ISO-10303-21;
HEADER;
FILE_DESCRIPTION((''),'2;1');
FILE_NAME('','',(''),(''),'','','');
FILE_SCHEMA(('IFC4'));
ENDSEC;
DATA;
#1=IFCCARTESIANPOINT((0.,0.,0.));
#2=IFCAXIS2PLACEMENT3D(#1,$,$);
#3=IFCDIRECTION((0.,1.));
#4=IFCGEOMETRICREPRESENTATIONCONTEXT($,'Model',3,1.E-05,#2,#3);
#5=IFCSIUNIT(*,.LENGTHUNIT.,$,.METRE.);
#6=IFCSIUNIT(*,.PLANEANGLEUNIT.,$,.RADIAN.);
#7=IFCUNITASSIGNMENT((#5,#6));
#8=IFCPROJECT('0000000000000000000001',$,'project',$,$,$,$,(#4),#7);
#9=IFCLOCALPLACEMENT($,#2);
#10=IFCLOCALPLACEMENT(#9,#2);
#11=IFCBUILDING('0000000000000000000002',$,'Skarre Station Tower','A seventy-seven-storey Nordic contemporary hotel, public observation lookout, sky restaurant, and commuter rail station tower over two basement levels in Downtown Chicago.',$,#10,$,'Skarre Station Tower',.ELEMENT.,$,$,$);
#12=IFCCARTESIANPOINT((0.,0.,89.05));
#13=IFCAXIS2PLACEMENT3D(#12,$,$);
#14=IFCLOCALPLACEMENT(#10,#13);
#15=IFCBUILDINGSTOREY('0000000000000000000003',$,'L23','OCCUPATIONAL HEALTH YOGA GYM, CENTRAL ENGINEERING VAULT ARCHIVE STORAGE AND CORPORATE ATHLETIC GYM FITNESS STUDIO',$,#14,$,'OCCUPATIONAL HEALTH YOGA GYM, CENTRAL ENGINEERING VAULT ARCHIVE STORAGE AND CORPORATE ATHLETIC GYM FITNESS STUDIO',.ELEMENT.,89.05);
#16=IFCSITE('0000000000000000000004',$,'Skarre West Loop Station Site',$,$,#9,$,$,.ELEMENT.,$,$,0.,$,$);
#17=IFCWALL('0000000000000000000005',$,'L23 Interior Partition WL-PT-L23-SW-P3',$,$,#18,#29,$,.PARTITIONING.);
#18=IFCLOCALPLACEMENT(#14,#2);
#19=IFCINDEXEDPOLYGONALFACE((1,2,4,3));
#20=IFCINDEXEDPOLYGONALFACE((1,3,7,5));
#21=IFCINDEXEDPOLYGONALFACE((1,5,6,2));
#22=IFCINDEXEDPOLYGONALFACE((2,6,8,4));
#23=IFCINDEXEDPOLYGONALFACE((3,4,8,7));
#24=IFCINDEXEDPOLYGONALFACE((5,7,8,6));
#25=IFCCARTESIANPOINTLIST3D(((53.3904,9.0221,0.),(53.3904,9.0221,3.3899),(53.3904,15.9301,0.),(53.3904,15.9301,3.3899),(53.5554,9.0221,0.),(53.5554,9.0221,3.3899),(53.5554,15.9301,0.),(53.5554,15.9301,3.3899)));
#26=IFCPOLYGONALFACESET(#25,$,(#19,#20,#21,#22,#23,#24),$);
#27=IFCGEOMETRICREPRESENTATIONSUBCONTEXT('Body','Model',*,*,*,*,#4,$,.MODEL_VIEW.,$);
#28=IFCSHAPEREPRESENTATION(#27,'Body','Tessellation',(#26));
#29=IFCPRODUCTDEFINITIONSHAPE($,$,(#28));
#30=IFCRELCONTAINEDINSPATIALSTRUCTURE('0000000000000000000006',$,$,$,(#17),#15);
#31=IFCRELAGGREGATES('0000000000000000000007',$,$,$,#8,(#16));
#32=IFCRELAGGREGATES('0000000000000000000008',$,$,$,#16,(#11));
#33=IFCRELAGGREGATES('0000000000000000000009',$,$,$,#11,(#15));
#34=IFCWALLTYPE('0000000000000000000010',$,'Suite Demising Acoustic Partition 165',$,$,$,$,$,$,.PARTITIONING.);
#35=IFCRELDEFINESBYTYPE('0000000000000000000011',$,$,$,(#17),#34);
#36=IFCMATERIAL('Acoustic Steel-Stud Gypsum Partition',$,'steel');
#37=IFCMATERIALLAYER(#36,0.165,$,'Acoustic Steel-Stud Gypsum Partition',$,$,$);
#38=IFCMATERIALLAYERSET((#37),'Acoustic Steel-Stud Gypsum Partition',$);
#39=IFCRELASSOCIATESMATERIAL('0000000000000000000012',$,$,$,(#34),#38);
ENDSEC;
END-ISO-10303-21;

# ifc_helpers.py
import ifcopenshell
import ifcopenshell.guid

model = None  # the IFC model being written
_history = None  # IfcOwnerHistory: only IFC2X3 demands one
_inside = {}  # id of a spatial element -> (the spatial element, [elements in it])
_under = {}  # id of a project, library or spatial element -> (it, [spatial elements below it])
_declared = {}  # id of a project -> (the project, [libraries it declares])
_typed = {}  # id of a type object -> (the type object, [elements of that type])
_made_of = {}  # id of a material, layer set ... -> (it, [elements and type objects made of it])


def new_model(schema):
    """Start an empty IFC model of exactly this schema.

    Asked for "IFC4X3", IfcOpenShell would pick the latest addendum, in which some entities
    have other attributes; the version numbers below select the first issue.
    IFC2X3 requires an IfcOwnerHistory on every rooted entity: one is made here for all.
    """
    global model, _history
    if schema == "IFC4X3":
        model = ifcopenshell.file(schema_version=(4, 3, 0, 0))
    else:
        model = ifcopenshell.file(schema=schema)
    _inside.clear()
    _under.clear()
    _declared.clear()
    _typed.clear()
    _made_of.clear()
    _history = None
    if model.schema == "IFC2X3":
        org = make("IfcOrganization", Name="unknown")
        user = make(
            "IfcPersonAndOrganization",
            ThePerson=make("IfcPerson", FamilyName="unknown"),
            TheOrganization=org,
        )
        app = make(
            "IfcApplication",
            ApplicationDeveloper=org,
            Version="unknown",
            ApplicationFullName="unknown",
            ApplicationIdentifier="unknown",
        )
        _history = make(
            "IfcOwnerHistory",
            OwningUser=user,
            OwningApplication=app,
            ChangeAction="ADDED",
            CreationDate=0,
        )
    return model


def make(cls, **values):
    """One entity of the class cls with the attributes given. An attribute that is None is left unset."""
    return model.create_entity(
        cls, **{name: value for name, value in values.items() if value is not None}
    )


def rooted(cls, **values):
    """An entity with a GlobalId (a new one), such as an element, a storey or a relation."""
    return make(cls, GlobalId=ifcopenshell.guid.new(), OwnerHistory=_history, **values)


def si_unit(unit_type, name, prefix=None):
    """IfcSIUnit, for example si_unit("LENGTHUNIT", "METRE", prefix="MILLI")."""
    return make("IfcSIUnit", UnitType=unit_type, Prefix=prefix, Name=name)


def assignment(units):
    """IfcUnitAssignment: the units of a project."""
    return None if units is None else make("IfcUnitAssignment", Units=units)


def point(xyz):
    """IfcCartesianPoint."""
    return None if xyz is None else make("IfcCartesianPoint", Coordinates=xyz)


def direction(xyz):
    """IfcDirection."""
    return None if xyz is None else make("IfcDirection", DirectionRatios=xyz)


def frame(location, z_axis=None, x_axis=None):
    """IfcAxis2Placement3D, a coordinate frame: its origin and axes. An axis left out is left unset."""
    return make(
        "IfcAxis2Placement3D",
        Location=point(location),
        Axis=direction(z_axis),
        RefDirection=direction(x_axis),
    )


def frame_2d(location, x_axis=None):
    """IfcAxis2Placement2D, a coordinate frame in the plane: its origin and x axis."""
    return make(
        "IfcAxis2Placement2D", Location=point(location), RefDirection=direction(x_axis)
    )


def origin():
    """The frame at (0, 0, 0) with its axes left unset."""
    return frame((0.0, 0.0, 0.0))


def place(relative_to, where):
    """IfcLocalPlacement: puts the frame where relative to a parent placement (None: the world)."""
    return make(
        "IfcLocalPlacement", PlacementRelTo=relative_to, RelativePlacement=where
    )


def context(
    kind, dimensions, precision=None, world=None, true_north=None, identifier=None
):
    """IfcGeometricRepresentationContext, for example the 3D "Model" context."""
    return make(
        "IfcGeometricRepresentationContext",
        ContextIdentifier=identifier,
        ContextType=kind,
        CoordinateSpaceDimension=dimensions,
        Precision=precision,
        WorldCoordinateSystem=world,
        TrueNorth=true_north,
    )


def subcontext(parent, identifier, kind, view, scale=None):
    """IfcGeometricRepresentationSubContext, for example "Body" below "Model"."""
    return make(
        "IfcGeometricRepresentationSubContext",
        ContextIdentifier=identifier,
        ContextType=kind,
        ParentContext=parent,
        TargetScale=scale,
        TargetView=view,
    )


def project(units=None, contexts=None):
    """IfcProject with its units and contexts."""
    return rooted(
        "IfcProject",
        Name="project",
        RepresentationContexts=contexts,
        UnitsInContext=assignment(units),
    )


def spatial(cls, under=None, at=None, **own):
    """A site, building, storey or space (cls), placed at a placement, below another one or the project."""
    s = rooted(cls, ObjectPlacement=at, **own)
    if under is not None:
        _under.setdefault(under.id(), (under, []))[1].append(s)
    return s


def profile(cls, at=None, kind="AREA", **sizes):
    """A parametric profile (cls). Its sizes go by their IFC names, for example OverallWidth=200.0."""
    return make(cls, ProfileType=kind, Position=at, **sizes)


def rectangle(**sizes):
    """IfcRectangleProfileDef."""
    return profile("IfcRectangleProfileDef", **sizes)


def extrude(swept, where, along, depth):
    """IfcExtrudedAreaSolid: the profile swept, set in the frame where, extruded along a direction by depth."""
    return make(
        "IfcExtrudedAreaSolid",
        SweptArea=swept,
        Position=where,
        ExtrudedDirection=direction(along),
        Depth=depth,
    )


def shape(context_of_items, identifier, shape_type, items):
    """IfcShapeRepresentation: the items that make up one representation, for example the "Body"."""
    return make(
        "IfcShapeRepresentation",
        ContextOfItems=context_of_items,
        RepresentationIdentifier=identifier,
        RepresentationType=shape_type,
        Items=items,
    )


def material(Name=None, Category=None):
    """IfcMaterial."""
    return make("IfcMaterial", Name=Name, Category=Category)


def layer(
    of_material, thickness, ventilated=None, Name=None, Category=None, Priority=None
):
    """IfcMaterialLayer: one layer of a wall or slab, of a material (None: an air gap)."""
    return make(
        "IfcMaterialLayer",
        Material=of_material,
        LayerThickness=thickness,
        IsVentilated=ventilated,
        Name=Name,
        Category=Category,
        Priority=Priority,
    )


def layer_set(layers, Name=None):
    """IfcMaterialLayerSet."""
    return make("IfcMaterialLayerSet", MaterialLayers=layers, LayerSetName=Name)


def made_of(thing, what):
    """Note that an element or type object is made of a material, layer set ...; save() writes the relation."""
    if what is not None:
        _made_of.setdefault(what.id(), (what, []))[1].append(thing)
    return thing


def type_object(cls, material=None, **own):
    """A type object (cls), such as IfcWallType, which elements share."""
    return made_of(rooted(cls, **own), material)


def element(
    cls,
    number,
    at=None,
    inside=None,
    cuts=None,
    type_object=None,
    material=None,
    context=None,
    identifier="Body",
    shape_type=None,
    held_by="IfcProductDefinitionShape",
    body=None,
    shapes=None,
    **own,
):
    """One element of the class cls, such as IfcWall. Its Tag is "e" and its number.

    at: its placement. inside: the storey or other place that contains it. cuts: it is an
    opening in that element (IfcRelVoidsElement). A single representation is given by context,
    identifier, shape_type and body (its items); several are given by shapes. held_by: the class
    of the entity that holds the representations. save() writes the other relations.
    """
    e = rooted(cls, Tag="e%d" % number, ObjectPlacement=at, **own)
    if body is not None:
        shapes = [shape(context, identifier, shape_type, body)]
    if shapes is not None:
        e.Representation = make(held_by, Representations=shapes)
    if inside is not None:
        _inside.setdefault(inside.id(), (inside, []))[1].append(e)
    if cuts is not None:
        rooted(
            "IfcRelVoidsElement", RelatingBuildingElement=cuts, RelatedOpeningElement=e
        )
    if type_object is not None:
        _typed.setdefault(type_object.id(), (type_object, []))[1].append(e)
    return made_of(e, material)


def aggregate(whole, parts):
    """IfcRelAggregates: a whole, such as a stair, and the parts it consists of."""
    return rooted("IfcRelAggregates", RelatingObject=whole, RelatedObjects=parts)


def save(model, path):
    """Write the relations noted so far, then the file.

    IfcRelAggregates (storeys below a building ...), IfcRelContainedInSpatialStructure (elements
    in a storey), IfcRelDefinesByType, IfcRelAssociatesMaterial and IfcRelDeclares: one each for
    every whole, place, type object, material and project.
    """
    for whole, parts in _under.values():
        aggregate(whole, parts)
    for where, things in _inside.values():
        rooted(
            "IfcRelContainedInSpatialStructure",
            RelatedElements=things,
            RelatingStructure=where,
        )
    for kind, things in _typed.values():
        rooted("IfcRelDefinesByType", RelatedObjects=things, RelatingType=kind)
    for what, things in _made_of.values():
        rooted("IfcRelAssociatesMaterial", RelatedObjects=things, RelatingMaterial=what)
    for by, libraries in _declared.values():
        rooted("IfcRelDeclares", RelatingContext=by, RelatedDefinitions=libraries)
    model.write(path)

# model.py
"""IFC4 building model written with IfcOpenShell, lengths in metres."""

from ifc_helpers import new_model, si_unit, direction, frame, frame_2d, origin, place, context, subcontext, project, spatial, rectangle, extrude, material, layer, layer_set, type_object, element, save


model = new_model("IFC4")

# Units and contexts
model_context = context("Model", 3, precision=1e-05, world=origin(), true_north=direction((0.0, 1.0)))
body_context = subcontext(model_context, "Body", "Model", "MODEL_VIEW")
ifc_project = project(units=[si_unit("LENGTHUNIT", "METRE"), si_unit("PLANEANGLEUNIT", "RADIAN")], contexts=[model_context])

# Site, building, storey
site_placement = place(None, origin())
site = spatial("IfcSite", under=ifc_project, at=site_placement, Name="Skarre West Loop Station Site", CompositionType="ELEMENT", RefElevation=0.0)
building_placement = place(site_placement, origin())
building = spatial("IfcBuilding", under=site, at=building_placement, Name="Skarre Station Tower", Description="A seventy-seven-storey Nordic contemporary hotel, public observation lookout, sky restaurant, and commuter rail station tower over two basement levels in Downtown Chicago.", LongName="Skarre Station Tower", CompositionType="ELEMENT")
storey_placement = place(building_placement, frame((0.0, 0.0, 89.05)))
storey = spatial("IfcBuildingStorey", under=building, at=storey_placement, Name="L23", Description="OCCUPATIONAL HEALTH YOGA GYM, CENTRAL ENGINEERING VAULT ARCHIVE STORAGE AND CORPORATE ATHLETIC GYM FITNESS STUDIO", LongName="OCCUPATIONAL HEALTH YOGA GYM, CENTRAL ENGINEERING VAULT ARCHIVE STORAGE AND CORPORATE ATHLETIC GYM FITNESS STUDIO", CompositionType="ELEMENT", Elevation=89.05)

# Shared definitions
ifc_material_1 = material(Name="Acoustic Steel-Stud Gypsum Partition", Category="steel")

# Wall
ifc_layer_1 = layer(ifc_material_1, 0.165, Name="Acoustic Steel-Stud Gypsum Partition")
ifc_layer_set_1 = layer_set([ifc_layer_1], Name="Acoustic Steel-Stud Gypsum Partition")
wall_type_1 = type_object("IfcWallType", Name="Suite Demising Acoustic Partition 165", PredefinedType="PARTITIONING", material=ifc_layer_set_1)
wall_1_placement = place(storey_placement, frame((53.4729, 9.022, 0.0), z_axis=(0.0, 0.0, 1.0), x_axis=(0.0, 1.0, 0.0)))
element("IfcWall", 1, at=wall_1_placement, inside=storey, type_object=wall_type_1, Name="L23 Interior Partition WL-PT-L23-SW-P3", PredefinedType="PARTITIONING", context=body_context, shape_type="SweptSolid", body=[
    extrude(rectangle(XDim=6.908, YDim=0.165, at=frame_2d((3.4541, 0.0))), origin(), (0.0, 0.0, 1.0), 3.3899),
])

save(model, "model.ifc")
